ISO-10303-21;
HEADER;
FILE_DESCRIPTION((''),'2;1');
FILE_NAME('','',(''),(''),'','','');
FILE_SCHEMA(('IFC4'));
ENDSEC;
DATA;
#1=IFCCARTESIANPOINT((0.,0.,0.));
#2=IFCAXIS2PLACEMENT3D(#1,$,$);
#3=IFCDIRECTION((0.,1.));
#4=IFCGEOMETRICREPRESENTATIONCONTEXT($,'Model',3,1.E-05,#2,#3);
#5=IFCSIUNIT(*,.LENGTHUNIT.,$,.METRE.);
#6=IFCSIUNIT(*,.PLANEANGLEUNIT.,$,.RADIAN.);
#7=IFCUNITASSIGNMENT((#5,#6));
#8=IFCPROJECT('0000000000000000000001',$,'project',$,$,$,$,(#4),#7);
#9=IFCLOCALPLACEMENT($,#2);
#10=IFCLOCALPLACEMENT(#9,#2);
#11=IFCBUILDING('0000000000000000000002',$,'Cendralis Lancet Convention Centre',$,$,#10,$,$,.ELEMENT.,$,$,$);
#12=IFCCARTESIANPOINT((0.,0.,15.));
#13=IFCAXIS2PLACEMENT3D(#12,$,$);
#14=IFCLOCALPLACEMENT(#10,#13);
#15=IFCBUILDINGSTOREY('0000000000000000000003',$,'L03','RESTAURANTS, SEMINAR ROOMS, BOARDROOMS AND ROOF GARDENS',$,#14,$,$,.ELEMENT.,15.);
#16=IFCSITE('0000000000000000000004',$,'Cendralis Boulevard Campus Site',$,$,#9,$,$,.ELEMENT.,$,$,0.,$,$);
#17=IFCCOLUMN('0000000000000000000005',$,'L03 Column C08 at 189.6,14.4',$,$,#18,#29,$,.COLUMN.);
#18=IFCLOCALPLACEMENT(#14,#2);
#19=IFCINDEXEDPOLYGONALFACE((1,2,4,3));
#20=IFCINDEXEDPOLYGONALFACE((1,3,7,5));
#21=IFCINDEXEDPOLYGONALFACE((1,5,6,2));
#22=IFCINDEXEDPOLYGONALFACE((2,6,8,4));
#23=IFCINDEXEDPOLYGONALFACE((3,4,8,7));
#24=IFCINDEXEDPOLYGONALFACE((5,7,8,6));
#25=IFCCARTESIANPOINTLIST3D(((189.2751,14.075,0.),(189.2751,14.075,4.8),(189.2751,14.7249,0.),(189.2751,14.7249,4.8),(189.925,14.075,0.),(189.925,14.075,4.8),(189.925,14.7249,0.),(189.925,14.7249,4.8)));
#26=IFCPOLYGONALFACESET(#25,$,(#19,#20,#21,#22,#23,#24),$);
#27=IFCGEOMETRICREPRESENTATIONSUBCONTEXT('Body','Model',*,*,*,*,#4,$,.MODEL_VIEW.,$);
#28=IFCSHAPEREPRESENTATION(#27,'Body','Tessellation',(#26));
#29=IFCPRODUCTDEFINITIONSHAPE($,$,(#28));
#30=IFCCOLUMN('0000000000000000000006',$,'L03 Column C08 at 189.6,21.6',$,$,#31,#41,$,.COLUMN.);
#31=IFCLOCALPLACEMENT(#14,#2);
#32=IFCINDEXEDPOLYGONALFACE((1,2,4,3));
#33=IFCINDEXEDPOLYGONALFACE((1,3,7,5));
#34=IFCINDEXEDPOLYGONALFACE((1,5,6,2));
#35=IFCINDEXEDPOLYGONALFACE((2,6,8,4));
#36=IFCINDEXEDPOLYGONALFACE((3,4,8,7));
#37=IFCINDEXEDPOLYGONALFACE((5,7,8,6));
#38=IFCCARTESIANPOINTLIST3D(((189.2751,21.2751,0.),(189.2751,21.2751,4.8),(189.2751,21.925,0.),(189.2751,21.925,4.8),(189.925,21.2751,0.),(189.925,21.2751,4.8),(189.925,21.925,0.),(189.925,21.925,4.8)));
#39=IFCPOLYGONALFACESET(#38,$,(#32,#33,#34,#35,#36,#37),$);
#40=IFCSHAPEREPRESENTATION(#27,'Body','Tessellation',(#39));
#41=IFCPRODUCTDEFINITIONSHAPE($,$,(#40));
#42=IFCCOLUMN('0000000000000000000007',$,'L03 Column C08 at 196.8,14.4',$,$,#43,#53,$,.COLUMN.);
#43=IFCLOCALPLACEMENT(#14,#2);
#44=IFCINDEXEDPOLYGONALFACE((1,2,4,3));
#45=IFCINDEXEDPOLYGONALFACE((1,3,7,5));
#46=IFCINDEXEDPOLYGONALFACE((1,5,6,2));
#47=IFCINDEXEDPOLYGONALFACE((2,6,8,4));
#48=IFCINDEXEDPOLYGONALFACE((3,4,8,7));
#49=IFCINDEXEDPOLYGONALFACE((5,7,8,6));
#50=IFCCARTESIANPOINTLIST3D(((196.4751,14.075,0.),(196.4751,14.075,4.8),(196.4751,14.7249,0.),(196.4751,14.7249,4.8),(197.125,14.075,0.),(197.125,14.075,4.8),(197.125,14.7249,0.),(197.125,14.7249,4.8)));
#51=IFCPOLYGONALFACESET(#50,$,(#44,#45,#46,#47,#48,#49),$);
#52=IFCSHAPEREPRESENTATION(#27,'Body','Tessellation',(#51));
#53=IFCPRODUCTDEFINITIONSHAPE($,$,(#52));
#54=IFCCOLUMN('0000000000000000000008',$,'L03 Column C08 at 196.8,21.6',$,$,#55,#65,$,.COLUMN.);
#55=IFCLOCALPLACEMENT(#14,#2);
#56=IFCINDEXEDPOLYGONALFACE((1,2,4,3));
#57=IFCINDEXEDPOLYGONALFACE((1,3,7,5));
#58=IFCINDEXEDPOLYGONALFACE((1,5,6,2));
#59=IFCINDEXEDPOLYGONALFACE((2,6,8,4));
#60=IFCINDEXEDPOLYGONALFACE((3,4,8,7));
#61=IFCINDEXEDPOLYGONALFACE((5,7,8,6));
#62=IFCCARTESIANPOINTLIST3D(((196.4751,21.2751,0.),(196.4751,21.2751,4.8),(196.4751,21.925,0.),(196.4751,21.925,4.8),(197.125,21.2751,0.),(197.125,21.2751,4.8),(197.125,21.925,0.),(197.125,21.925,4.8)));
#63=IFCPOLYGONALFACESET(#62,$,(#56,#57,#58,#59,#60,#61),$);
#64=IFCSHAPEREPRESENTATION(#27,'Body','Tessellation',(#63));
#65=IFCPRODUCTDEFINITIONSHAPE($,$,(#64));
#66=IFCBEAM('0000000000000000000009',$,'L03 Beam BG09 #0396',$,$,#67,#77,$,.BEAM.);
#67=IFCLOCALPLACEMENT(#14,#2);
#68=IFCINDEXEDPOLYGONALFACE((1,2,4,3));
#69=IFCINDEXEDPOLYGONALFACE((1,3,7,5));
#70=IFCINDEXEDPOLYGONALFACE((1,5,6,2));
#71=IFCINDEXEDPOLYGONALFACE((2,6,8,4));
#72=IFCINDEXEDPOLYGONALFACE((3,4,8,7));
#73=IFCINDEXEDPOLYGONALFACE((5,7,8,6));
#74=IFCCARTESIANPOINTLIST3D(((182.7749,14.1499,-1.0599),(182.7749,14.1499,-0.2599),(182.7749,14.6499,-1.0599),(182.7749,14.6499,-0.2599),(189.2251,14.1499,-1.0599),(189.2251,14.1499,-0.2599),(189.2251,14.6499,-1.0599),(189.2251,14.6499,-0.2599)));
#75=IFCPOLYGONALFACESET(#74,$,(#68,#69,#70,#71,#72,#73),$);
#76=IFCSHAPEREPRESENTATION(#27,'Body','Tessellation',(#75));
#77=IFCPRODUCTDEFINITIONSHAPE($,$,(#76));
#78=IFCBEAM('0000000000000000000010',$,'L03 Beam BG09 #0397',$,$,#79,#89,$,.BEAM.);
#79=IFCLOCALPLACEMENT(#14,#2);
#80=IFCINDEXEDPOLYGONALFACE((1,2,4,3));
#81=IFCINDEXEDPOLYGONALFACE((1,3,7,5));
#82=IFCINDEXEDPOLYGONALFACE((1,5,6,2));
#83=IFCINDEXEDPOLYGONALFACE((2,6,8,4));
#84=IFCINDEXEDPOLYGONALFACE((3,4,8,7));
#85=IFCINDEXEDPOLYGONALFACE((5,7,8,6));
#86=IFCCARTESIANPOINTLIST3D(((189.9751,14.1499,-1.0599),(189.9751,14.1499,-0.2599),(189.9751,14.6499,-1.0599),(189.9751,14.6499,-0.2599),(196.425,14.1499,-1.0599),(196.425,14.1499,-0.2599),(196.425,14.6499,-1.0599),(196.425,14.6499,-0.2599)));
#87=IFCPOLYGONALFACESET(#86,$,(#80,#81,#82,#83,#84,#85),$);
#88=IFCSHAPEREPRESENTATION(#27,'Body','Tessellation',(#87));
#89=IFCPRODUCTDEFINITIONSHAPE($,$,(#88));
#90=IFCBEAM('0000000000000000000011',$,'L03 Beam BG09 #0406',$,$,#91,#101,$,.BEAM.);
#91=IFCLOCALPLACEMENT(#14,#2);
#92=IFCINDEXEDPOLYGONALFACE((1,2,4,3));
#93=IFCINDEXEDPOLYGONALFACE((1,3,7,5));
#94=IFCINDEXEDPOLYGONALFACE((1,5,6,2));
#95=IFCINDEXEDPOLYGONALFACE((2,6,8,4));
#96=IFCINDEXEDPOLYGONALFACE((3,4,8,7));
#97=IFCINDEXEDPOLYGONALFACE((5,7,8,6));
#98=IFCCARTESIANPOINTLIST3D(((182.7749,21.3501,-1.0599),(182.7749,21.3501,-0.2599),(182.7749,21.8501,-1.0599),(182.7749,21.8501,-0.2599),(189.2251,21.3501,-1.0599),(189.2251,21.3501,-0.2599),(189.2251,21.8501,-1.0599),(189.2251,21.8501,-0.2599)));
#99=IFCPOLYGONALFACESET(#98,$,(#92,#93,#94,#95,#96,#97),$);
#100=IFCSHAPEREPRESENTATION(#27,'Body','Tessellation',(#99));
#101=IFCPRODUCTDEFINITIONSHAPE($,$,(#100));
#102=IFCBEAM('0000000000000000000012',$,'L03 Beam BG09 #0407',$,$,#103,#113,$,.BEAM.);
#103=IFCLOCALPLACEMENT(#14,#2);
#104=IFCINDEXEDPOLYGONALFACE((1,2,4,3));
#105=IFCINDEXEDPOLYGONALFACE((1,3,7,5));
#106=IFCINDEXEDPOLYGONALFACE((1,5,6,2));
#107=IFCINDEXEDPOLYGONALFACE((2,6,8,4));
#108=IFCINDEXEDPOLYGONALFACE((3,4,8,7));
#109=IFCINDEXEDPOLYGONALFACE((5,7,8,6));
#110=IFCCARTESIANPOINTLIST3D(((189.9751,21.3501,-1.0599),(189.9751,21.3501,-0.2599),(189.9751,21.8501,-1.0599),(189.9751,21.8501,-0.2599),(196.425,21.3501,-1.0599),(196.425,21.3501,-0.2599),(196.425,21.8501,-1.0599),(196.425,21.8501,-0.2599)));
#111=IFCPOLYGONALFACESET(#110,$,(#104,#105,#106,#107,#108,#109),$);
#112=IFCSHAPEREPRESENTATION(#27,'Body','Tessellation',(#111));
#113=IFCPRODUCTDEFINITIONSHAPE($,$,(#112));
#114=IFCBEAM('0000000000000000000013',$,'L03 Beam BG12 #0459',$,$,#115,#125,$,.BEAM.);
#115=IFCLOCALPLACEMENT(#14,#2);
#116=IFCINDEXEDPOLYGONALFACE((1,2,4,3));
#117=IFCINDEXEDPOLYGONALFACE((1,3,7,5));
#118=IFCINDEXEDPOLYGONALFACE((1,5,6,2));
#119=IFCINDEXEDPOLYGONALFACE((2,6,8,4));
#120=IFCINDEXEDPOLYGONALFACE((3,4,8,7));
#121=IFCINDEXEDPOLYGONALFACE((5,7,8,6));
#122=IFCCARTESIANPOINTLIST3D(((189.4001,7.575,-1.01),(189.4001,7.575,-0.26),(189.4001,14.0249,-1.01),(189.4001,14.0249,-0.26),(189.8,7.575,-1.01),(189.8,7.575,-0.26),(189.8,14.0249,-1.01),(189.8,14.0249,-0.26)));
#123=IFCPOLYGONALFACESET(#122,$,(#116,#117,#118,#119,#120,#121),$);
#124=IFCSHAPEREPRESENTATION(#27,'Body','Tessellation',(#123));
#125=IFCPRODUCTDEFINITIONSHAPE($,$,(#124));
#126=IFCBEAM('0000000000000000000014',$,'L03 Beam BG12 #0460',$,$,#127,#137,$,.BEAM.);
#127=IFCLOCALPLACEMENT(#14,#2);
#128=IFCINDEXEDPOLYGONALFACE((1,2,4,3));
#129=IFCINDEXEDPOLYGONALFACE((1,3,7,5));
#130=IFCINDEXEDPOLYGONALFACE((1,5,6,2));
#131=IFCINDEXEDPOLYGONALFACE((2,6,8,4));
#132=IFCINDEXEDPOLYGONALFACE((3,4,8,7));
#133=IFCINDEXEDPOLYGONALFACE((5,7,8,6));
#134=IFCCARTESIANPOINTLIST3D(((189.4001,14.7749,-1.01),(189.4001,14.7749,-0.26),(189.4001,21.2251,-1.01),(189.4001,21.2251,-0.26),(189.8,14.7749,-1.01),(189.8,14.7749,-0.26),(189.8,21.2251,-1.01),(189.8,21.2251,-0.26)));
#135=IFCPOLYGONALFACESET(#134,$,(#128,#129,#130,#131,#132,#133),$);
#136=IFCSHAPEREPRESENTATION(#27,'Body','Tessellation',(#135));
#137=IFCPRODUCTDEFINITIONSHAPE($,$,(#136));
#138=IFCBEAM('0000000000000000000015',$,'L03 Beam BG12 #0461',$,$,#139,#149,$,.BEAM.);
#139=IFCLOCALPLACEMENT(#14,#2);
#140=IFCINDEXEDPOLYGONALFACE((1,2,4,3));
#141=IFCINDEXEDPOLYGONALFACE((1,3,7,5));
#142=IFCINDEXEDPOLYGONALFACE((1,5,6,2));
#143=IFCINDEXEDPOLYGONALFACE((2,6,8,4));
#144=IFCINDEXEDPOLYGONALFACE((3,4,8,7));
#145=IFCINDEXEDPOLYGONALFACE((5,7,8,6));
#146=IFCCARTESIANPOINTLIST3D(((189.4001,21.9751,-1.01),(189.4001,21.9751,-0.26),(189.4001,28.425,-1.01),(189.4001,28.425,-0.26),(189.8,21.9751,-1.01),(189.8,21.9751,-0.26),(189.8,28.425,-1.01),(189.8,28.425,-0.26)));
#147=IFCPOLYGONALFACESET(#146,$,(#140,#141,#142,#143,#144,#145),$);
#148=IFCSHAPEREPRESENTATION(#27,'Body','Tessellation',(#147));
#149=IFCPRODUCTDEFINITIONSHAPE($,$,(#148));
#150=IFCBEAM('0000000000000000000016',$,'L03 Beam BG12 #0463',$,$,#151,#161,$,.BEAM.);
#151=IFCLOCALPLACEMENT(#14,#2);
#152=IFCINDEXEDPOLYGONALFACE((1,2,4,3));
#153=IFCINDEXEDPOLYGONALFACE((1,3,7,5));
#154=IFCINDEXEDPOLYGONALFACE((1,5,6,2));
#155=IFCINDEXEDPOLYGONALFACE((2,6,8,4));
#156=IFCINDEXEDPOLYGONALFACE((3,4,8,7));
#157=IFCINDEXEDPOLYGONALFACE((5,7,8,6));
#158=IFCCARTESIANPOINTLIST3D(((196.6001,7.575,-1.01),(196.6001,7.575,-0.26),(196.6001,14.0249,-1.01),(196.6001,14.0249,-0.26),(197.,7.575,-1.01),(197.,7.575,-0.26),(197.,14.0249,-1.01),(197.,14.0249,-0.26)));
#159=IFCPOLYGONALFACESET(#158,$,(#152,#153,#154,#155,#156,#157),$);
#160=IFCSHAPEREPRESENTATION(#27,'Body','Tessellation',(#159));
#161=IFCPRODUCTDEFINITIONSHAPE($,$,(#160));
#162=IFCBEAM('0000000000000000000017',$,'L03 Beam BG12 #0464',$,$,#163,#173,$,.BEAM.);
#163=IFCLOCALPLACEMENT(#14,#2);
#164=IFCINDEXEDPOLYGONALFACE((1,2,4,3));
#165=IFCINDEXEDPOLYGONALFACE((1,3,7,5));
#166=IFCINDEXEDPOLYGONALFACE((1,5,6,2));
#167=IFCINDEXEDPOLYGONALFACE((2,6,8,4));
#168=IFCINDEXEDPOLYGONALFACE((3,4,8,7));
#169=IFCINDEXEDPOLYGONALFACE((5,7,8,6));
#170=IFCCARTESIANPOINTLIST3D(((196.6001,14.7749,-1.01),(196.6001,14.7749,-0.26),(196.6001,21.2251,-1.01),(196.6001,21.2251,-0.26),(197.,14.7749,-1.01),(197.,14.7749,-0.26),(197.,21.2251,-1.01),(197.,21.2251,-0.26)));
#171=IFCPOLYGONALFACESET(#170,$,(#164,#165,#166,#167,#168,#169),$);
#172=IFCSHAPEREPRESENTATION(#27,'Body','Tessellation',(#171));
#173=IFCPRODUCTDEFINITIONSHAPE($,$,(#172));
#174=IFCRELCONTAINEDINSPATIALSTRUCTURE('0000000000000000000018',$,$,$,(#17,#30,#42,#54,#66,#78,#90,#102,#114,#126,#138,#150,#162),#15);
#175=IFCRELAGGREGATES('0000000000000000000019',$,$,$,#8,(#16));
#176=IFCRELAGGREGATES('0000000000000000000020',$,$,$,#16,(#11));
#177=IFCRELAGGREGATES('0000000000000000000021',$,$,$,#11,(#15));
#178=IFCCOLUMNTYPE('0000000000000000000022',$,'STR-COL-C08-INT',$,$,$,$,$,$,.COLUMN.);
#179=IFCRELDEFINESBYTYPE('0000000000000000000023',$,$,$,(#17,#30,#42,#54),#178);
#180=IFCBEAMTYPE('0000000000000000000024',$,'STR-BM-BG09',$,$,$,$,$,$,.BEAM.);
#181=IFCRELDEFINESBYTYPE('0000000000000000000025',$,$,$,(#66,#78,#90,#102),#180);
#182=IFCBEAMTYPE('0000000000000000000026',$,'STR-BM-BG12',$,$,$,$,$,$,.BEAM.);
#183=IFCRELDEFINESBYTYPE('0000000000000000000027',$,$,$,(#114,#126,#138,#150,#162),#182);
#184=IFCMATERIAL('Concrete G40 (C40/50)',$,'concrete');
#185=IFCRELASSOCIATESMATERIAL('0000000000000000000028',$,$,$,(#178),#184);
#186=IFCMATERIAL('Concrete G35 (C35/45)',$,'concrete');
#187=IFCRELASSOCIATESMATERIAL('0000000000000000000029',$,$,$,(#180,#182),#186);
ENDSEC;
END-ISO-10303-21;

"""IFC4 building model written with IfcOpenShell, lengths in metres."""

from ifc_helpers import new_model, si_unit, direction, frame, origin, origin_2d, place, context, subcontext, project, spatial, rectangle, extrude, material, material_profile, profile_set, type_object, element, save


model = new_model("IFC4")

# Units and contexts
model_context = context("Model", 3, precision=1e-05, world=origin(), true_north=direction((0.0, 1.0)))
body_context = subcontext(model_context, "Body", "Model", "MODEL_VIEW")
ifc_project = project(units=[si_unit("LENGTHUNIT", "METRE"), si_unit("PLANEANGLEUNIT", "RADIAN")], contexts=[model_context])

# Site, building, storey
site_placement = place(None, origin())
site = spatial("IfcSite", under=ifc_project, at=site_placement, Name="Cendralis Boulevard Campus Site", CompositionType="ELEMENT", RefElevation=0.0)
building_placement = place(site_placement, origin())
building = spatial("IfcBuilding", under=site, at=building_placement, Name="Cendralis Lancet Convention Centre", CompositionType="ELEMENT")
storey_placement = place(building_placement, frame((0.0, 0.0, 15.0)))
storey = spatial("IfcBuildingStorey", under=building, at=storey_placement, Name="L03", Description="RESTAURANTS, SEMINAR ROOMS, BOARDROOMS AND ROOF GARDENS", CompositionType="ELEMENT", Elevation=15.0)

# Columns
ifc_material_1 = material(Name="Concrete G40 (C40/50)", Category="concrete")
ifc_material_profile_1 = material_profile(ifc_material_1, rectangle(XDim=0.6499, YDim=0.6499, at=origin_2d()), Name="RC 650x650")
ifc_profile_set_1 = profile_set([ifc_material_profile_1], Name="Concrete G40 (C40/50)")
column_type = type_object("IfcColumnType", Name="STR-COL-C08-INT", PredefinedType="COLUMN", material=ifc_profile_set_1)
for number, where, z_axis, x_axis, name in (
    (1, (189.6001, 14.3999, 0.0), (0.0, 0.0, 1.0), (1.0, 0.0, 0.0), "L03 Column C08 at 189.6,14.4"),
    (2, (189.6001, 21.6001, 0.0), (0.0, 0.0, 1.0), (1.0, 0.0, 0.0), "L03 Column C08 at 189.6,21.6"),
    (3, (196.8, 14.3999, 0.0), (0.0, 0.0, 1.0), (1.0, 0.0, 0.0), "L03 Column C08 at 196.8,14.4"),
    (4, (196.8, 21.6001, 0.0), (0.0, 0.0, 1.0), (1.0, 0.0, 0.0), "L03 Column C08 at 196.8,21.6"),
):
    element("IfcColumn", number, at=place(storey_placement, frame(where, z_axis=z_axis, x_axis=x_axis)), inside=storey, type_object=column_type, Name=name, PredefinedType="COLUMN", context=body_context, shape_type="SweptSolid", body=[
        extrude(rectangle(XDim=0.6499, YDim=0.6499, at=origin_2d()), origin(), (0.0, 0.0, 1.0), 4.8),
    ])

# Beams
ifc_material_2 = material(Name="Concrete G35 (C35/45)", Category="concrete")
ifc_material_profile_2 = material_profile(ifc_material_2, rectangle(XDim=0.5, YDim=0.8, at=origin_2d()), Name="RCB 500x800")
ifc_profile_set_2 = profile_set([ifc_material_profile_2], Name="Concrete G35 (C35/45)")
beam_type_1 = type_object("IfcBeamType", Name="STR-BM-BG09", PredefinedType="BEAM", material=ifc_profile_set_2)
beam_1_placement = place(storey_placement, frame((182.7749, 14.3999, -0.6599), z_axis=(1.0, 0.0, 0.0), x_axis=(0.0, 1.0, 0.0)))
element("IfcBeam", 5, at=beam_1_placement, inside=storey, type_object=beam_type_1, Name="L03 Beam BG09 #0396", PredefinedType="BEAM", context=body_context, shape_type="SweptSolid", body=[
    extrude(rectangle(XDim=0.5, YDim=0.8, at=origin_2d()), origin(), (0.0, 0.0, 1.0), 6.4502),
])
beam_2_placement = place(storey_placement, frame((189.9751, 14.3999, -0.6599), z_axis=(1.0, 0.0, 0.0), x_axis=(0.0, 1.0, 0.0)))
element("IfcBeam", 6, at=beam_2_placement, inside=storey, type_object=beam_type_1, Name="L03 Beam BG09 #0397", PredefinedType="BEAM", context=body_context, shape_type="SweptSolid", body=[
    extrude(rectangle(XDim=0.5, YDim=0.8, at=origin_2d()), origin(), (0.0, 0.0, 1.0), 6.45),
])
beam_3_placement = place(storey_placement, frame((182.7749, 21.6001, -0.6599), z_axis=(1.0, 0.0, 0.0), x_axis=(0.0, 1.0, 0.0)))
element("IfcBeam", 7, at=beam_3_placement, inside=storey, type_object=beam_type_1, Name="L03 Beam BG09 #0406", PredefinedType="BEAM", context=body_context, shape_type="SweptSolid", body=[
    extrude(rectangle(XDim=0.5, YDim=0.8, at=origin_2d()), origin(), (0.0, 0.0, 1.0), 6.4502),
])
beam_4_placement = place(storey_placement, frame((189.9751, 21.6001, -0.6599), z_axis=(1.0, 0.0, 0.0), x_axis=(0.0, 1.0, 0.0)))
element("IfcBeam", 8, at=beam_4_placement, inside=storey, type_object=beam_type_1, Name="L03 Beam BG09 #0407", PredefinedType="BEAM", context=body_context, shape_type="SweptSolid", body=[
    extrude(rectangle(XDim=0.5, YDim=0.8, at=origin_2d()), origin(), (0.0, 0.0, 1.0), 6.45),
])
ifc_material_profile_3 = material_profile(ifc_material_2, rectangle(XDim=0.3999, YDim=0.75, at=origin_2d()), Name="RCB 400x750")
ifc_profile_set_3 = profile_set([ifc_material_profile_3], Name="Concrete G35 (C35/45)")
beam_type_2 = type_object("IfcBeamType", Name="STR-BM-BG12", PredefinedType="BEAM", material=ifc_profile_set_3)
beam_5_placement = place(storey_placement, frame((189.6001, 7.575, -0.635), z_axis=(0.0, 1.0, 0.0), x_axis=(-1.0, 0.0, 0.0)))
element("IfcBeam", 9, at=beam_5_placement, inside=storey, type_object=beam_type_2, Name="L03 Beam BG12 #0459", PredefinedType="BEAM", context=body_context, shape_type="SweptSolid", body=[
    extrude(rectangle(XDim=0.3999, YDim=0.75, at=origin_2d()), origin(), (0.0, 0.0, 1.0), 6.45),
])
beam_6_placement = place(storey_placement, frame((189.6001, 14.7749, -0.635), z_axis=(0.0, 1.0, 0.0), x_axis=(-1.0, 0.0, 0.0)))
element("IfcBeam", 10, at=beam_6_placement, inside=storey, type_object=beam_type_2, Name="L03 Beam BG12 #0460", PredefinedType="BEAM", context=body_context, shape_type="SweptSolid", body=[
    extrude(rectangle(XDim=0.3999, YDim=0.75, at=origin_2d()), origin(), (0.0, 0.0, 1.0), 6.4502),
])
for number, where, z_axis, x_axis, name in (
    (11, (189.6001, 21.9751, -0.635), (0.0, 1.0, 0.0), (-1.0, 0.0, 0.0), "L03 Beam BG12 #0461"),
    (12, (196.8, 7.575, -0.635), (0.0, 1.0, 0.0), (-1.0, 0.0, 0.0), "L03 Beam BG12 #0463"),
):
    element("IfcBeam", number, at=place(storey_placement, frame(where, z_axis=z_axis, x_axis=x_axis)), inside=storey, type_object=beam_type_2, Name=name, PredefinedType="BEAM", context=body_context, shape_type="SweptSolid", body=[
        extrude(rectangle(XDim=0.3999, YDim=0.75, at=origin_2d()), origin(), (0.0, 0.0, 1.0), 6.45),
    ])
beam_7_placement = place(storey_placement, frame((196.8, 14.7749, -0.635), z_axis=(0.0, 1.0, 0.0), x_axis=(-1.0, 0.0, 0.0)))
element("IfcBeam", 13, at=beam_7_placement, inside=storey, type_object=beam_type_2, Name="L03 Beam BG12 #0464", PredefinedType="BEAM", context=body_context, shape_type="SweptSolid", body=[
    extrude(rectangle(XDim=0.3999, YDim=0.75, at=origin_2d()), origin(), (0.0, 0.0, 1.0), 6.4502),
])

save(model, "model.ifc")
